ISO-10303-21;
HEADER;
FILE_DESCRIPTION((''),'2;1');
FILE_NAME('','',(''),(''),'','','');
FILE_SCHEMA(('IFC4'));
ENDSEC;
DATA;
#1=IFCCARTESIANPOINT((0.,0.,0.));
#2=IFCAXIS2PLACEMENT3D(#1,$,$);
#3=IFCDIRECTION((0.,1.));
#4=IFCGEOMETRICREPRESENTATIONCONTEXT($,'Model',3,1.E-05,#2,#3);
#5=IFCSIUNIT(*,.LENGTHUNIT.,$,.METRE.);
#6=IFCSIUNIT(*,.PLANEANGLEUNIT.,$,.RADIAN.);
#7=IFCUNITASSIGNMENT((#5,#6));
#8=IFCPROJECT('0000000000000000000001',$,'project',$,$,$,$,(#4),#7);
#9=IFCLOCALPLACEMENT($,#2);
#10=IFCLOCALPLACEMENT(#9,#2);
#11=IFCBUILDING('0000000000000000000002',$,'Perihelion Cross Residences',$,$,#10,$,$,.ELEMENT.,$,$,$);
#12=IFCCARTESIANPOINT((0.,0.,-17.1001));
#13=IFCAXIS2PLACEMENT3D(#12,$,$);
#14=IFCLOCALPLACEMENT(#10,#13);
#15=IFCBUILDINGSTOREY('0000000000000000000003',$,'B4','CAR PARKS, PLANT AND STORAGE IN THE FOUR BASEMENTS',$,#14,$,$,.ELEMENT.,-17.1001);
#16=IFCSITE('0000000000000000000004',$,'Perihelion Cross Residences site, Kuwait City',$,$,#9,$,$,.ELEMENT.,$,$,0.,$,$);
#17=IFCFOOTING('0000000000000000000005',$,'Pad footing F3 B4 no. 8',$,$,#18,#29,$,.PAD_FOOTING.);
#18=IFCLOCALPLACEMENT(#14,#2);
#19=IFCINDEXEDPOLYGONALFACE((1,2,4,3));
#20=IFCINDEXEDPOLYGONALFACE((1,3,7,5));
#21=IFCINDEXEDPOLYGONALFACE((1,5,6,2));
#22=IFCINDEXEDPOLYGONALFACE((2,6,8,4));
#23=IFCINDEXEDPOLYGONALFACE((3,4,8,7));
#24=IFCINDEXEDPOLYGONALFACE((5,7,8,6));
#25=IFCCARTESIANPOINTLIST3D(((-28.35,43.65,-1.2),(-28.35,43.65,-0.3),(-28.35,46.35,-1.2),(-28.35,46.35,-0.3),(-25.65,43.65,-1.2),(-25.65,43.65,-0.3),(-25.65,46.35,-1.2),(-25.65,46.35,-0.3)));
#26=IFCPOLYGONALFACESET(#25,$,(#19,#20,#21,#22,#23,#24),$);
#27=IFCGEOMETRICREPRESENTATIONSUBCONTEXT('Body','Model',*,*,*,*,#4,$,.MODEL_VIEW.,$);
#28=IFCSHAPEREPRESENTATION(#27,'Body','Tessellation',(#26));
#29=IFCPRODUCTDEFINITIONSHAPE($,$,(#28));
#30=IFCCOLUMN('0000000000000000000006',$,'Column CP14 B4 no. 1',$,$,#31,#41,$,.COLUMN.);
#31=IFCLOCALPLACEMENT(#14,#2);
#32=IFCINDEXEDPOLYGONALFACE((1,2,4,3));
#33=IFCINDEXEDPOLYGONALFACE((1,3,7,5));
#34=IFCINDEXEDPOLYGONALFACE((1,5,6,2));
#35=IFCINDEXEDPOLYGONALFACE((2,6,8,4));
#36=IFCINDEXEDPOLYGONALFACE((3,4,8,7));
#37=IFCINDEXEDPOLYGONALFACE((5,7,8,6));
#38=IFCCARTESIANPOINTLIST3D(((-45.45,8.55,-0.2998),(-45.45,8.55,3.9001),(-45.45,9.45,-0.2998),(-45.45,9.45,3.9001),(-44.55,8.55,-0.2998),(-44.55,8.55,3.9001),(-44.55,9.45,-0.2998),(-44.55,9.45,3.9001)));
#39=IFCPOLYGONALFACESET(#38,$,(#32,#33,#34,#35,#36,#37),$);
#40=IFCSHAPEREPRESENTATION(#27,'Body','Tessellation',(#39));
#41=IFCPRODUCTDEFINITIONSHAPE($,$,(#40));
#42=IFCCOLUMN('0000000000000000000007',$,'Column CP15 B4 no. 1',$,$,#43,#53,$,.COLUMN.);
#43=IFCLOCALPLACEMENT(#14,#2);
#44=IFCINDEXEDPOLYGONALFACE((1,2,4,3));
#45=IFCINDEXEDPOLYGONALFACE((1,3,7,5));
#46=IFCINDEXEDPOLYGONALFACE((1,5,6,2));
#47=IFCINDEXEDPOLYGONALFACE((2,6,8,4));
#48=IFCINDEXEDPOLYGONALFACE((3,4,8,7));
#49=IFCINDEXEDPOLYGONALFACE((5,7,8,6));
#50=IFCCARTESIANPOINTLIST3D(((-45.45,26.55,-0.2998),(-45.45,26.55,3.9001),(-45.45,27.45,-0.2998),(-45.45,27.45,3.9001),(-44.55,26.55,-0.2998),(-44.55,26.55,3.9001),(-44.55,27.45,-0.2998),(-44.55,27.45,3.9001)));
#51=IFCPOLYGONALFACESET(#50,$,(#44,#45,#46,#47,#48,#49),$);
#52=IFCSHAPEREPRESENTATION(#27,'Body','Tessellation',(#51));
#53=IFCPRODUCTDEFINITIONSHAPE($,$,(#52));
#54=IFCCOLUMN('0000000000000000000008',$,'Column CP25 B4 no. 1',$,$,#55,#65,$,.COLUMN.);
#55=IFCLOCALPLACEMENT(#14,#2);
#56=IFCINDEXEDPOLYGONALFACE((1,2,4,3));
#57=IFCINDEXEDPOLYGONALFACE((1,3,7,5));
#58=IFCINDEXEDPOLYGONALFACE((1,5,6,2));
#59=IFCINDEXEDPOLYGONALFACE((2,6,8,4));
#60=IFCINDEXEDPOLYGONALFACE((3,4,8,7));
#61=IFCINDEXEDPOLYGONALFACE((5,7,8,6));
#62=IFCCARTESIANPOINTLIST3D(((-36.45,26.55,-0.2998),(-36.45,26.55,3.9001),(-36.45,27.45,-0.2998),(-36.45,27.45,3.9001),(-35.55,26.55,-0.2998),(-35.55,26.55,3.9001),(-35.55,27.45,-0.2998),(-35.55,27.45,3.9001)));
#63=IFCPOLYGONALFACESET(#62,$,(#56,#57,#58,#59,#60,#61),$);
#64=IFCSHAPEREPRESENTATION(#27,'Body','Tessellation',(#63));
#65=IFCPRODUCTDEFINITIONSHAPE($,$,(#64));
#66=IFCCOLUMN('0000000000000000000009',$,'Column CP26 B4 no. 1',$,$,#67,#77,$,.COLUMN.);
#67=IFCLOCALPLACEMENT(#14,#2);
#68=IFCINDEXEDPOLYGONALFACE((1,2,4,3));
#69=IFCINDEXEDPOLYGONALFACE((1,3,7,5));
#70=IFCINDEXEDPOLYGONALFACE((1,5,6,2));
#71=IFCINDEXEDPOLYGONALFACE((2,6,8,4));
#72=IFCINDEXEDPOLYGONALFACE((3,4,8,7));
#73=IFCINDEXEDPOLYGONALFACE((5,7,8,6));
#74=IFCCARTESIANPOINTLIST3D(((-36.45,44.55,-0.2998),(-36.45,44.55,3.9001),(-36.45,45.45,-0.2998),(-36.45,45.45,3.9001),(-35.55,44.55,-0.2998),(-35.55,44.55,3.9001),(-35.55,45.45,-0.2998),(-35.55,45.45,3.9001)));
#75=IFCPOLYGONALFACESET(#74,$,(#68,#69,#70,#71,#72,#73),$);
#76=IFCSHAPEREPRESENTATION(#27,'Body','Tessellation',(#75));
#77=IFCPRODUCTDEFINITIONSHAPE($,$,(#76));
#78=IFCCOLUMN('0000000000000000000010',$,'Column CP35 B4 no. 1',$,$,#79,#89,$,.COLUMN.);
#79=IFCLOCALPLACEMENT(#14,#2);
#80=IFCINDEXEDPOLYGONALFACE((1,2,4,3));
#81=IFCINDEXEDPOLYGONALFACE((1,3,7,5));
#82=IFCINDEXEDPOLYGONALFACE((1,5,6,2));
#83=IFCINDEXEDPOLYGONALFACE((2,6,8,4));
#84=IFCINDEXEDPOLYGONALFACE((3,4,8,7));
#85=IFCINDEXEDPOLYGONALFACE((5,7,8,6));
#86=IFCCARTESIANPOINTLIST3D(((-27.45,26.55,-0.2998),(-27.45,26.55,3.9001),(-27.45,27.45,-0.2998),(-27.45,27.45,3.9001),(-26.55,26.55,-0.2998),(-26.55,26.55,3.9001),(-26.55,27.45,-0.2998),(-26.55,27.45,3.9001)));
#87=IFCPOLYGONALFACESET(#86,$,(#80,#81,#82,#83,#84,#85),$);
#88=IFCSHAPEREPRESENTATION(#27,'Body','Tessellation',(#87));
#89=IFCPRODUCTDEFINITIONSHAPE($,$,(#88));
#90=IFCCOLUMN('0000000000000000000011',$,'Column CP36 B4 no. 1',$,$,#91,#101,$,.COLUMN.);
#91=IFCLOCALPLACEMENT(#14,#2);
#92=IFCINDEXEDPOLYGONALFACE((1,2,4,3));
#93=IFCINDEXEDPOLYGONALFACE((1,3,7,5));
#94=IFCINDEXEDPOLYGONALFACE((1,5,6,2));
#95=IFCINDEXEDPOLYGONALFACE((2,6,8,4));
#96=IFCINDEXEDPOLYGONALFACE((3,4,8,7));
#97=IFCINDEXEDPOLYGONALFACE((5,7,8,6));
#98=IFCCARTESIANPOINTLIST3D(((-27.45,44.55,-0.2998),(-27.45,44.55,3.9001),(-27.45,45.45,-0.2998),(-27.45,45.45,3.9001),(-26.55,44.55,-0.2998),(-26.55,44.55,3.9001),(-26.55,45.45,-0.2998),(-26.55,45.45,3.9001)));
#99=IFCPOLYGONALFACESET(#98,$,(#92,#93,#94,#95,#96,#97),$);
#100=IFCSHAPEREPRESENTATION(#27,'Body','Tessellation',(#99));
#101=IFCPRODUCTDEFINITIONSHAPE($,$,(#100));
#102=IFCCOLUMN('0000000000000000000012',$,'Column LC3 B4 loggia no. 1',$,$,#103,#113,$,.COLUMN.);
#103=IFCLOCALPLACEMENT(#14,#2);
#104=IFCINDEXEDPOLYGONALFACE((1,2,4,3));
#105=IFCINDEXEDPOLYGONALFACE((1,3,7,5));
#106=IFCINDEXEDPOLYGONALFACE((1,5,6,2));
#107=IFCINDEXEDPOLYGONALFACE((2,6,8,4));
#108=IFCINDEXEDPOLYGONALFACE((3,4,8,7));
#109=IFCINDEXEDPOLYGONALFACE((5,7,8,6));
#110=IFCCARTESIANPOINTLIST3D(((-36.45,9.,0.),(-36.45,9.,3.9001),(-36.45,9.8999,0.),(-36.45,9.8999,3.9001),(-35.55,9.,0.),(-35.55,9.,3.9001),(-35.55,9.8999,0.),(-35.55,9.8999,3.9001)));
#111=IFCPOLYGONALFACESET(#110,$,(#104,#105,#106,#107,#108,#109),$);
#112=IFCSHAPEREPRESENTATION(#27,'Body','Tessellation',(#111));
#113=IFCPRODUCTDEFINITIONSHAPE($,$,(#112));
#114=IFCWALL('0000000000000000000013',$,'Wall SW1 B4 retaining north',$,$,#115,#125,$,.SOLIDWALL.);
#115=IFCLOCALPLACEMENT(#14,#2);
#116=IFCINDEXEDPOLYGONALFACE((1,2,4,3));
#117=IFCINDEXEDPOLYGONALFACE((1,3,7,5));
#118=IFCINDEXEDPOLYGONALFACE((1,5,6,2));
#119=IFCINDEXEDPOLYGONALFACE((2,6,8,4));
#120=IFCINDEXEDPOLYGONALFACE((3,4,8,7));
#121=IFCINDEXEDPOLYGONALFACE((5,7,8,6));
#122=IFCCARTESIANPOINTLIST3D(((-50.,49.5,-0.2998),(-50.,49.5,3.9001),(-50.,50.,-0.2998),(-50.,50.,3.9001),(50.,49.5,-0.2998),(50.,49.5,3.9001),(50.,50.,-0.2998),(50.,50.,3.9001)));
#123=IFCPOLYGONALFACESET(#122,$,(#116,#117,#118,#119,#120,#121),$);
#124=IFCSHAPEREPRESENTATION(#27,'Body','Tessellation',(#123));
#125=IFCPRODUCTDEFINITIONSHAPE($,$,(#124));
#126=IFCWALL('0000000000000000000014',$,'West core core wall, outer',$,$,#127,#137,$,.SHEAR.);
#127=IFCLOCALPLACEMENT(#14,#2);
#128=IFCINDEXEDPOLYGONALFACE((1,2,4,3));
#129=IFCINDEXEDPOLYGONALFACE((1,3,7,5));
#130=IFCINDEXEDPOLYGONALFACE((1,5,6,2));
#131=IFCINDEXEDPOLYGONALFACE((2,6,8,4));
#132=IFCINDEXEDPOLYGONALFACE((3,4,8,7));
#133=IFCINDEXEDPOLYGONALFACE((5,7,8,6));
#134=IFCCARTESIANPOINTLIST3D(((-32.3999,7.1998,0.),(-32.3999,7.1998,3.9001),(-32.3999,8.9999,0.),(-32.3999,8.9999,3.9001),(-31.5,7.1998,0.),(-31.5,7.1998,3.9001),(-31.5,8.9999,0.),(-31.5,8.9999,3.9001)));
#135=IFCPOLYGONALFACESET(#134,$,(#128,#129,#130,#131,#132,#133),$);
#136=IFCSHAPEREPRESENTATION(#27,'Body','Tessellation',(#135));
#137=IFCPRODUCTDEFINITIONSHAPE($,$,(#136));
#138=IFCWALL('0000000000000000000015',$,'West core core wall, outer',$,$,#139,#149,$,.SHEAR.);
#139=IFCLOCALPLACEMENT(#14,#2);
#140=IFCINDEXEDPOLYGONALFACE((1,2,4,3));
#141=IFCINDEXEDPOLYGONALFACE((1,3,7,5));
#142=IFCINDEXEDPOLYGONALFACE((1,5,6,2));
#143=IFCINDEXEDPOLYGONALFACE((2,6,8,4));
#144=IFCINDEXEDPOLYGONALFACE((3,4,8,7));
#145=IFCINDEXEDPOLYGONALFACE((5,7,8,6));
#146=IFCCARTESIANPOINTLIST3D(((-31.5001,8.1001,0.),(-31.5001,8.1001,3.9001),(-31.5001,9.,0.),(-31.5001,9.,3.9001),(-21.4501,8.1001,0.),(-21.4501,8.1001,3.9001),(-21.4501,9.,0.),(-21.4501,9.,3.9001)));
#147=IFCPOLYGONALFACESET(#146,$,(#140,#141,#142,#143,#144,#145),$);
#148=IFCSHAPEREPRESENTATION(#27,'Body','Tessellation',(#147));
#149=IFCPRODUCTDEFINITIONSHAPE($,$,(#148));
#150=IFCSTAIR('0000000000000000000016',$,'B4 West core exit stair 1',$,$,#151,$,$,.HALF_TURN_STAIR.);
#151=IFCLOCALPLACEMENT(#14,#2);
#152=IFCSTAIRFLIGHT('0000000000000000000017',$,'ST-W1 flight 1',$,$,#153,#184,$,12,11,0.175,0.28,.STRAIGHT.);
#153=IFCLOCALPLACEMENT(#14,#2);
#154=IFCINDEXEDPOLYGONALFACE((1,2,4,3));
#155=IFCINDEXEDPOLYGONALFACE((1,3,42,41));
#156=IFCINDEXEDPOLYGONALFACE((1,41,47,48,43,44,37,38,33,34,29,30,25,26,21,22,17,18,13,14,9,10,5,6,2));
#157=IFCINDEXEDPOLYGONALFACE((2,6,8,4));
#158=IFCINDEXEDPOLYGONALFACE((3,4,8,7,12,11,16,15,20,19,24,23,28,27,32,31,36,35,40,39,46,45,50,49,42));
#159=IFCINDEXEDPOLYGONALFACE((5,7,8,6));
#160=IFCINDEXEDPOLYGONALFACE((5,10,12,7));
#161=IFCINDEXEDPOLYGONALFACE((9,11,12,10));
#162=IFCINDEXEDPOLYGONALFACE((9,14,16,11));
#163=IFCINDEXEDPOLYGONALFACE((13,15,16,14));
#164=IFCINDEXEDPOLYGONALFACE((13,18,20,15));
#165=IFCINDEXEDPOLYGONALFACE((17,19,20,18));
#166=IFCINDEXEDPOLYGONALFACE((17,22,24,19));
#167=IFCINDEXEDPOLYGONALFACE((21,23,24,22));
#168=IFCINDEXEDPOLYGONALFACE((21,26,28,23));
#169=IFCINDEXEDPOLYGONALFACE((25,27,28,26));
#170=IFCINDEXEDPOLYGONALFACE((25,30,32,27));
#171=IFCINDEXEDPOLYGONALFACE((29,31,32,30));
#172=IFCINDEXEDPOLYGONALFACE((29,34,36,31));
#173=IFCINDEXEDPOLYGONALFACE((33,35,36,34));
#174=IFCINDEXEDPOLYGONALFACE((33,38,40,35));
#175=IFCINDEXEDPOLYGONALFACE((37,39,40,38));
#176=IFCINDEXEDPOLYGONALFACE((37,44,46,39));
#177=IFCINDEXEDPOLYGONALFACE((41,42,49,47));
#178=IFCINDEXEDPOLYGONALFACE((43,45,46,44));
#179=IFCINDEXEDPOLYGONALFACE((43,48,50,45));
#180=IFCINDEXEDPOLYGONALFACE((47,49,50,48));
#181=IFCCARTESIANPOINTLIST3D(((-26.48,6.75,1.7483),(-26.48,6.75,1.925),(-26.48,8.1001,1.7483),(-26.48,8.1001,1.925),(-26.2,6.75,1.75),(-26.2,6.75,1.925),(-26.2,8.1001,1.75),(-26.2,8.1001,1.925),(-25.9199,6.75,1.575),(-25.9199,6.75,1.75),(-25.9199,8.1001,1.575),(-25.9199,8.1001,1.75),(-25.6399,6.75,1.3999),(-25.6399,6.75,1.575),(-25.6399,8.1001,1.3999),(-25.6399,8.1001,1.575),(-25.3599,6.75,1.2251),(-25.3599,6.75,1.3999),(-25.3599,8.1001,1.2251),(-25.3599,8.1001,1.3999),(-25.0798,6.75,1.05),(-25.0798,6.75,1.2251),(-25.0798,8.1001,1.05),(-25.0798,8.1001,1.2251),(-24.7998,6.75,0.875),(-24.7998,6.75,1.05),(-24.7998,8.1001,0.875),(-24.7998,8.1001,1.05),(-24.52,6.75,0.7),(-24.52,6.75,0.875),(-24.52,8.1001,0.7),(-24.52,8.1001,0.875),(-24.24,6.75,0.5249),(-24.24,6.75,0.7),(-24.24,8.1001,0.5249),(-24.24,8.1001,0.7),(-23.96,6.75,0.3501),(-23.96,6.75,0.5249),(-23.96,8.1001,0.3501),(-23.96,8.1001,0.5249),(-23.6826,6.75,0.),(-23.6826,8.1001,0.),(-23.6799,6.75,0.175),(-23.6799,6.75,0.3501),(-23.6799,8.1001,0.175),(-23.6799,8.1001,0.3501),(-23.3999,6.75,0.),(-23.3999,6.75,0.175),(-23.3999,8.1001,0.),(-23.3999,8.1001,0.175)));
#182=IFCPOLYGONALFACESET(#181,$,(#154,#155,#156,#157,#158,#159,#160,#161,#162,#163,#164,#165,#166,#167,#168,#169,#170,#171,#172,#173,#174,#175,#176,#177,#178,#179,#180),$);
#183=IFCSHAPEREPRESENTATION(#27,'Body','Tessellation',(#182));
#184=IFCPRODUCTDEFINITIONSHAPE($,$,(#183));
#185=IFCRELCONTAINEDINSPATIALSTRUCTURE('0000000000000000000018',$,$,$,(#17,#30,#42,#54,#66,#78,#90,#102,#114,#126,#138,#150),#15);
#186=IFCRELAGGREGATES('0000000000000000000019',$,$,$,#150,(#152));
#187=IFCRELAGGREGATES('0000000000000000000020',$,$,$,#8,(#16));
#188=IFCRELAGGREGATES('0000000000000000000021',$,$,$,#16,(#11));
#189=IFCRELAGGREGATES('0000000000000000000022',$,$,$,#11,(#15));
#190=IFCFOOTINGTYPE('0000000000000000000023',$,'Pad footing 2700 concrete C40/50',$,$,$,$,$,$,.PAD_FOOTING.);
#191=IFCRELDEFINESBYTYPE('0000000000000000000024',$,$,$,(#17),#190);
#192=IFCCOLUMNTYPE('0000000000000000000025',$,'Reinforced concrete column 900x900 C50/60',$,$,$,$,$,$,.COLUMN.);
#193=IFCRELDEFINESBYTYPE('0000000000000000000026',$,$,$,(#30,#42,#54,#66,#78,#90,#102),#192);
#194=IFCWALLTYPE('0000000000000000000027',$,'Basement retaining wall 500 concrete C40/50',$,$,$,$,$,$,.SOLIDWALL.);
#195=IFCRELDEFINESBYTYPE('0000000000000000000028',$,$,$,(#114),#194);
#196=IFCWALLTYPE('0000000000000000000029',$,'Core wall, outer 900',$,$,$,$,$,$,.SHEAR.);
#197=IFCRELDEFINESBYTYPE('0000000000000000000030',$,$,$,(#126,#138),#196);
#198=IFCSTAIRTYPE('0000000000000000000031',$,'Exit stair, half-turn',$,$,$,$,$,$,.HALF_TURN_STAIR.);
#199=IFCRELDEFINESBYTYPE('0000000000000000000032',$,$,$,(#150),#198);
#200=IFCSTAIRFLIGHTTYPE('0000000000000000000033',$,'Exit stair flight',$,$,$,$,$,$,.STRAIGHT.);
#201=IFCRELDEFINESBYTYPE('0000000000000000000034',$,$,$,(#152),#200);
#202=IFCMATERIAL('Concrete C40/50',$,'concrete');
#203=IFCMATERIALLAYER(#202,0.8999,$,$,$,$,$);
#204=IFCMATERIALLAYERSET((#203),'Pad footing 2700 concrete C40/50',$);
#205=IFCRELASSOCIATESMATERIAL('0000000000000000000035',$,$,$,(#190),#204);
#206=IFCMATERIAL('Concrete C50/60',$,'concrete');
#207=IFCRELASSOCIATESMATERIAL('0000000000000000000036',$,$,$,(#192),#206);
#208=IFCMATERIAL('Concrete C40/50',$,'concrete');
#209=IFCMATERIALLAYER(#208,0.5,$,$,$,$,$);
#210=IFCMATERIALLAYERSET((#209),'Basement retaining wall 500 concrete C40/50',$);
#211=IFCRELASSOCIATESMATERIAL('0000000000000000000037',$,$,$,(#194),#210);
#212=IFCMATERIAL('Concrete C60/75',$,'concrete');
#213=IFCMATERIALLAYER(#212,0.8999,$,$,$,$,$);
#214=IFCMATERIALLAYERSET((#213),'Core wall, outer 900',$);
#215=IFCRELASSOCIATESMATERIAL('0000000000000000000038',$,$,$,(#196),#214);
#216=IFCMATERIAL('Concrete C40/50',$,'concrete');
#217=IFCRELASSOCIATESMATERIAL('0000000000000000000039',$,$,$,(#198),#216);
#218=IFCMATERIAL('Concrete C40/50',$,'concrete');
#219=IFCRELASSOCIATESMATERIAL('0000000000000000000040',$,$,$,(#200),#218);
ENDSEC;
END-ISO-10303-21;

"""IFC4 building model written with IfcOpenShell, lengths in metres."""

from ifc_helpers import new_model, si_unit, direction, frame, frame_2d, origin, origin_2d, place, context, subcontext, project, spatial, polyline, rectangle, outline, extrude, material, layer, layer_set, material_profile, profile_set, type_object, element, aggregate, save


model = new_model("IFC4")

# Units and contexts
model_context = context("Model", 3, precision=1e-05, world=origin(), true_north=direction((0.0, 1.0)))
body_context = subcontext(model_context, "Body", "Model", "MODEL_VIEW")
ifc_project = project(units=[si_unit("LENGTHUNIT", "METRE"), si_unit("PLANEANGLEUNIT", "RADIAN")], contexts=[model_context])

# Site, building, storey
site_placement = place(None, origin())
site = spatial("IfcSite", under=ifc_project, at=site_placement, Name="Perihelion Cross Residences site, Kuwait City", CompositionType="ELEMENT", RefElevation=0.0)
building_placement = place(site_placement, origin())
building = spatial("IfcBuilding", under=site, at=building_placement, Name="Perihelion Cross Residences", CompositionType="ELEMENT")
storey_placement = place(building_placement, frame((0.0, 0.0, -17.1001)))
storey = spatial("IfcBuildingStorey", under=building, at=storey_placement, Name="B4", Description="CAR PARKS, PLANT AND STORAGE IN THE FOUR BASEMENTS", CompositionType="ELEMENT", Elevation=-17.1001)

# Footing
ifc_material_1 = material(Name="Concrete C40/50", Category="concrete")
ifc_layer_1 = layer(ifc_material_1, 0.8999)
ifc_layer_set_1 = layer_set([ifc_layer_1], Name="Pad footing 2700 concrete C40/50")
footing_type = type_object("IfcFootingType", Name="Pad footing 2700 concrete C40/50", PredefinedType="PAD_FOOTING", material=ifc_layer_set_1)
for number, where, z_axis, x_axis, name in (
    (1, (-27.0, 45.0, -1.2), (0.0, 0.0, 1.0), (1.0, 0.0, 0.0), "Pad footing F3 B4 no. 8"),
):
    element("IfcFooting", number, at=place(storey_placement, frame(where, z_axis=z_axis, x_axis=x_axis)), inside=storey, type_object=footing_type, Name=name, PredefinedType="PAD_FOOTING", context=body_context, shape_type="SweptSolid", body=[
        extrude(rectangle(XDim=2.7, YDim=2.7, at=origin_2d()), origin(), (0.0, 0.0, 1.0), 0.8999),
    ])

# Columns
ifc_material_2 = material(Name="Concrete C50/60", Category="concrete")
ifc_material_profile = material_profile(ifc_material_2, rectangle(XDim=0.8999, YDim=0.8999, at=origin_2d()), Name="RC 900x900")
ifc_profile_set = profile_set([ifc_material_profile], Name="Concrete C50/60")
column_type = type_object("IfcColumnType", Name="Reinforced concrete column 900x900 C50/60", PredefinedType="COLUMN", material=ifc_profile_set)
for number, where, z_axis, x_axis, name in (
    (2, (-45.0, 9.0, -0.2998), (0.0, 0.0, 1.0), (1.0, 0.0, 0.0), "Column CP14 B4 no. 1"),
    (3, (-45.0, 27.0, -0.2998), (0.0, 0.0, 1.0), (1.0, 0.0, 0.0), "Column CP15 B4 no. 1"),
    (4, (-36.0, 27.0, -0.2998), (0.0, 0.0, 1.0), (1.0, 0.0, 0.0), "Column CP25 B4 no. 1"),
    (5, (-36.0, 45.0, -0.2998), (0.0, 0.0, 1.0), (1.0, 0.0, 0.0), "Column CP26 B4 no. 1"),
    (6, (-27.0, 27.0, -0.2998), (0.0, 0.0, 1.0), (1.0, 0.0, 0.0), "Column CP35 B4 no. 1"),
    (7, (-27.0, 45.0, -0.2998), (0.0, 0.0, 1.0), (1.0, 0.0, 0.0), "Column CP36 B4 no. 1"),
):
    element("IfcColumn", number, at=place(storey_placement, frame(where, z_axis=z_axis, x_axis=x_axis)), inside=storey, type_object=column_type, Name=name, PredefinedType="COLUMN", context=body_context, shape_type="SweptSolid", body=[
        extrude(rectangle(XDim=0.8999, YDim=0.8999, at=origin_2d()), origin(), (0.0, 0.0, 1.0), 4.2),
    ])
column_placement = place(storey_placement, frame((-36.0, 9.45, 0.0), z_axis=(0.0, 0.0, 1.0), x_axis=(1.0, 0.0, 0.0)))
element("IfcColumn", 8, at=column_placement, inside=storey, type_object=column_type, Name="Column LC3 B4 loggia no. 1", PredefinedType="COLUMN", context=body_context, shape_type="SweptSolid", body=[
    extrude(rectangle(XDim=0.8999, YDim=0.8999, at=origin_2d()), origin(), (0.0, 0.0, 1.0), 3.9001),
])

# Walls
ifc_material_3 = material(Name="Concrete C40/50", Category="concrete")
ifc_layer_2 = layer(ifc_material_3, 0.5)
ifc_layer_set_2 = layer_set([ifc_layer_2], Name="Basement retaining wall 500 concrete C40/50")
wall_type_1 = type_object("IfcWallType", Name="Basement retaining wall 500 concrete C40/50", PredefinedType="SOLIDWALL", material=ifc_layer_set_2)
wall_1_placement = place(storey_placement, frame((-50.0, 49.75, -0.2998), z_axis=(0.0, 0.0, 1.0), x_axis=(1.0, 0.0, 0.0)))
element("IfcWall", 9, at=wall_1_placement, inside=storey, type_object=wall_type_1, Name="Wall SW1 B4 retaining north", PredefinedType="SOLIDWALL", context=body_context, shape_type="SweptSolid", body=[
    extrude(rectangle(XDim=100.0, YDim=0.5, at=frame_2d((50.0, 0.0))), origin(), (0.0, 0.0, 1.0), 4.2),
])
ifc_material_4 = material(Name="Concrete C60/75", Category="concrete")
ifc_layer_3 = layer(ifc_material_4, 0.8999)
ifc_layer_set_3 = layer_set([ifc_layer_3], Name="Core wall, outer 900")
wall_type_2 = type_object("IfcWallType", Name="Core wall, outer 900", PredefinedType="SHEAR", material=ifc_layer_set_3)
wall_2_placement = place(storey_placement, frame((-31.95, 7.2, 0.0), z_axis=(0.0, 0.0, 1.0), x_axis=(0.0, 1.0, 0.0)))
element("IfcWall", 10, at=wall_2_placement, inside=storey, type_object=wall_type_2, Name="West core core wall, outer", PredefinedType="SHEAR", context=body_context, shape_type="SweptSolid", body=[
    extrude(rectangle(XDim=1.8, YDim=0.8999, at=frame_2d((0.8999, 0.0))), origin(), (0.0, 0.0, 1.0), 3.9001),
])
wall_3_placement = place(storey_placement, frame((-31.5, 8.55, 0.0), z_axis=(0.0, 0.0, 1.0), x_axis=(1.0, 0.0, 0.0)))
element("IfcWall", 11, at=wall_3_placement, inside=storey, type_object=wall_type_2, Name="West core core wall, outer", PredefinedType="SHEAR", context=body_context, shape_type="SweptSolid", body=[
    extrude(rectangle(XDim=10.05, YDim=0.8999, at=frame_2d((5.0249, 0.0))), origin(), (0.0, 0.0, 1.0), 3.9001),
])

# Stair, stair flight
ifc_material_5 = material(Name="Concrete C40/50", Category="concrete")
stair_type = type_object("IfcStairType", Name="Exit stair, half-turn", PredefinedType="HALF_TURN_STAIR", material=ifc_material_5)
stair_placement = place(storey_placement, origin())
stair = element("IfcStair", 12, at=stair_placement, inside=storey, type_object=stair_type, Name="B4 West core exit stair 1", PredefinedType="HALF_TURN_STAIR")
ifc_material_6 = material(Name="Concrete C40/50", Category="concrete")
stair_flight_type = type_object("IfcStairFlightType", Name="Exit stair flight", PredefinedType="STRAIGHT", material=ifc_material_6)
stair_flight_placement = place(storey_placement, frame((-23.3999, 7.425, 0.0), z_axis=(0.0, 0.0, 1.0), x_axis=(-1.0, 0.0, 0.0)))
stair_flight = element("IfcStairFlight", 13, at=stair_flight_placement, type_object=stair_flight_type, Name="ST-W1 flight 1", NumberOfRisers=12, NumberOfTreads=11, PredefinedType="STRAIGHT", RiserHeight=0.175, TreadLength=0.28, context=body_context, shape_type="SweptSolid", body=[
    extrude(outline(polyline([(0.0, 0.0), (0.0, 0.175), (0.28, 0.175), (0.28, 0.3501), (0.5601, 0.3501), (0.5601, 0.5249), (0.8401, 0.5249), (0.8401, 0.7), (1.1201, 0.7), (1.1201, 0.875), (1.3999, 0.875), (1.3999, 1.05), (1.6799, 1.05), (1.6799, 1.2251), (1.96, 1.2251), (1.96, 1.3999), (2.24, 1.3999), (2.24, 1.575), (2.52, 1.575), (2.52, 1.75), (2.8, 1.75), (2.8, 1.925), (3.0801, 1.925), (3.0801, 2.1001), (3.0801, 1.7483), (0.2827, 0.0), (0.0, 0.0)])), frame((0.0, 0.675, 0.0), z_axis=(0.0, -1.0, 0.0), x_axis=(1.0, 0.0, 0.0)), (0.0, 0.0, 1.0), 1.3501),
])
aggregate(stair, [stair_flight])

save(model, "model.ifc")
